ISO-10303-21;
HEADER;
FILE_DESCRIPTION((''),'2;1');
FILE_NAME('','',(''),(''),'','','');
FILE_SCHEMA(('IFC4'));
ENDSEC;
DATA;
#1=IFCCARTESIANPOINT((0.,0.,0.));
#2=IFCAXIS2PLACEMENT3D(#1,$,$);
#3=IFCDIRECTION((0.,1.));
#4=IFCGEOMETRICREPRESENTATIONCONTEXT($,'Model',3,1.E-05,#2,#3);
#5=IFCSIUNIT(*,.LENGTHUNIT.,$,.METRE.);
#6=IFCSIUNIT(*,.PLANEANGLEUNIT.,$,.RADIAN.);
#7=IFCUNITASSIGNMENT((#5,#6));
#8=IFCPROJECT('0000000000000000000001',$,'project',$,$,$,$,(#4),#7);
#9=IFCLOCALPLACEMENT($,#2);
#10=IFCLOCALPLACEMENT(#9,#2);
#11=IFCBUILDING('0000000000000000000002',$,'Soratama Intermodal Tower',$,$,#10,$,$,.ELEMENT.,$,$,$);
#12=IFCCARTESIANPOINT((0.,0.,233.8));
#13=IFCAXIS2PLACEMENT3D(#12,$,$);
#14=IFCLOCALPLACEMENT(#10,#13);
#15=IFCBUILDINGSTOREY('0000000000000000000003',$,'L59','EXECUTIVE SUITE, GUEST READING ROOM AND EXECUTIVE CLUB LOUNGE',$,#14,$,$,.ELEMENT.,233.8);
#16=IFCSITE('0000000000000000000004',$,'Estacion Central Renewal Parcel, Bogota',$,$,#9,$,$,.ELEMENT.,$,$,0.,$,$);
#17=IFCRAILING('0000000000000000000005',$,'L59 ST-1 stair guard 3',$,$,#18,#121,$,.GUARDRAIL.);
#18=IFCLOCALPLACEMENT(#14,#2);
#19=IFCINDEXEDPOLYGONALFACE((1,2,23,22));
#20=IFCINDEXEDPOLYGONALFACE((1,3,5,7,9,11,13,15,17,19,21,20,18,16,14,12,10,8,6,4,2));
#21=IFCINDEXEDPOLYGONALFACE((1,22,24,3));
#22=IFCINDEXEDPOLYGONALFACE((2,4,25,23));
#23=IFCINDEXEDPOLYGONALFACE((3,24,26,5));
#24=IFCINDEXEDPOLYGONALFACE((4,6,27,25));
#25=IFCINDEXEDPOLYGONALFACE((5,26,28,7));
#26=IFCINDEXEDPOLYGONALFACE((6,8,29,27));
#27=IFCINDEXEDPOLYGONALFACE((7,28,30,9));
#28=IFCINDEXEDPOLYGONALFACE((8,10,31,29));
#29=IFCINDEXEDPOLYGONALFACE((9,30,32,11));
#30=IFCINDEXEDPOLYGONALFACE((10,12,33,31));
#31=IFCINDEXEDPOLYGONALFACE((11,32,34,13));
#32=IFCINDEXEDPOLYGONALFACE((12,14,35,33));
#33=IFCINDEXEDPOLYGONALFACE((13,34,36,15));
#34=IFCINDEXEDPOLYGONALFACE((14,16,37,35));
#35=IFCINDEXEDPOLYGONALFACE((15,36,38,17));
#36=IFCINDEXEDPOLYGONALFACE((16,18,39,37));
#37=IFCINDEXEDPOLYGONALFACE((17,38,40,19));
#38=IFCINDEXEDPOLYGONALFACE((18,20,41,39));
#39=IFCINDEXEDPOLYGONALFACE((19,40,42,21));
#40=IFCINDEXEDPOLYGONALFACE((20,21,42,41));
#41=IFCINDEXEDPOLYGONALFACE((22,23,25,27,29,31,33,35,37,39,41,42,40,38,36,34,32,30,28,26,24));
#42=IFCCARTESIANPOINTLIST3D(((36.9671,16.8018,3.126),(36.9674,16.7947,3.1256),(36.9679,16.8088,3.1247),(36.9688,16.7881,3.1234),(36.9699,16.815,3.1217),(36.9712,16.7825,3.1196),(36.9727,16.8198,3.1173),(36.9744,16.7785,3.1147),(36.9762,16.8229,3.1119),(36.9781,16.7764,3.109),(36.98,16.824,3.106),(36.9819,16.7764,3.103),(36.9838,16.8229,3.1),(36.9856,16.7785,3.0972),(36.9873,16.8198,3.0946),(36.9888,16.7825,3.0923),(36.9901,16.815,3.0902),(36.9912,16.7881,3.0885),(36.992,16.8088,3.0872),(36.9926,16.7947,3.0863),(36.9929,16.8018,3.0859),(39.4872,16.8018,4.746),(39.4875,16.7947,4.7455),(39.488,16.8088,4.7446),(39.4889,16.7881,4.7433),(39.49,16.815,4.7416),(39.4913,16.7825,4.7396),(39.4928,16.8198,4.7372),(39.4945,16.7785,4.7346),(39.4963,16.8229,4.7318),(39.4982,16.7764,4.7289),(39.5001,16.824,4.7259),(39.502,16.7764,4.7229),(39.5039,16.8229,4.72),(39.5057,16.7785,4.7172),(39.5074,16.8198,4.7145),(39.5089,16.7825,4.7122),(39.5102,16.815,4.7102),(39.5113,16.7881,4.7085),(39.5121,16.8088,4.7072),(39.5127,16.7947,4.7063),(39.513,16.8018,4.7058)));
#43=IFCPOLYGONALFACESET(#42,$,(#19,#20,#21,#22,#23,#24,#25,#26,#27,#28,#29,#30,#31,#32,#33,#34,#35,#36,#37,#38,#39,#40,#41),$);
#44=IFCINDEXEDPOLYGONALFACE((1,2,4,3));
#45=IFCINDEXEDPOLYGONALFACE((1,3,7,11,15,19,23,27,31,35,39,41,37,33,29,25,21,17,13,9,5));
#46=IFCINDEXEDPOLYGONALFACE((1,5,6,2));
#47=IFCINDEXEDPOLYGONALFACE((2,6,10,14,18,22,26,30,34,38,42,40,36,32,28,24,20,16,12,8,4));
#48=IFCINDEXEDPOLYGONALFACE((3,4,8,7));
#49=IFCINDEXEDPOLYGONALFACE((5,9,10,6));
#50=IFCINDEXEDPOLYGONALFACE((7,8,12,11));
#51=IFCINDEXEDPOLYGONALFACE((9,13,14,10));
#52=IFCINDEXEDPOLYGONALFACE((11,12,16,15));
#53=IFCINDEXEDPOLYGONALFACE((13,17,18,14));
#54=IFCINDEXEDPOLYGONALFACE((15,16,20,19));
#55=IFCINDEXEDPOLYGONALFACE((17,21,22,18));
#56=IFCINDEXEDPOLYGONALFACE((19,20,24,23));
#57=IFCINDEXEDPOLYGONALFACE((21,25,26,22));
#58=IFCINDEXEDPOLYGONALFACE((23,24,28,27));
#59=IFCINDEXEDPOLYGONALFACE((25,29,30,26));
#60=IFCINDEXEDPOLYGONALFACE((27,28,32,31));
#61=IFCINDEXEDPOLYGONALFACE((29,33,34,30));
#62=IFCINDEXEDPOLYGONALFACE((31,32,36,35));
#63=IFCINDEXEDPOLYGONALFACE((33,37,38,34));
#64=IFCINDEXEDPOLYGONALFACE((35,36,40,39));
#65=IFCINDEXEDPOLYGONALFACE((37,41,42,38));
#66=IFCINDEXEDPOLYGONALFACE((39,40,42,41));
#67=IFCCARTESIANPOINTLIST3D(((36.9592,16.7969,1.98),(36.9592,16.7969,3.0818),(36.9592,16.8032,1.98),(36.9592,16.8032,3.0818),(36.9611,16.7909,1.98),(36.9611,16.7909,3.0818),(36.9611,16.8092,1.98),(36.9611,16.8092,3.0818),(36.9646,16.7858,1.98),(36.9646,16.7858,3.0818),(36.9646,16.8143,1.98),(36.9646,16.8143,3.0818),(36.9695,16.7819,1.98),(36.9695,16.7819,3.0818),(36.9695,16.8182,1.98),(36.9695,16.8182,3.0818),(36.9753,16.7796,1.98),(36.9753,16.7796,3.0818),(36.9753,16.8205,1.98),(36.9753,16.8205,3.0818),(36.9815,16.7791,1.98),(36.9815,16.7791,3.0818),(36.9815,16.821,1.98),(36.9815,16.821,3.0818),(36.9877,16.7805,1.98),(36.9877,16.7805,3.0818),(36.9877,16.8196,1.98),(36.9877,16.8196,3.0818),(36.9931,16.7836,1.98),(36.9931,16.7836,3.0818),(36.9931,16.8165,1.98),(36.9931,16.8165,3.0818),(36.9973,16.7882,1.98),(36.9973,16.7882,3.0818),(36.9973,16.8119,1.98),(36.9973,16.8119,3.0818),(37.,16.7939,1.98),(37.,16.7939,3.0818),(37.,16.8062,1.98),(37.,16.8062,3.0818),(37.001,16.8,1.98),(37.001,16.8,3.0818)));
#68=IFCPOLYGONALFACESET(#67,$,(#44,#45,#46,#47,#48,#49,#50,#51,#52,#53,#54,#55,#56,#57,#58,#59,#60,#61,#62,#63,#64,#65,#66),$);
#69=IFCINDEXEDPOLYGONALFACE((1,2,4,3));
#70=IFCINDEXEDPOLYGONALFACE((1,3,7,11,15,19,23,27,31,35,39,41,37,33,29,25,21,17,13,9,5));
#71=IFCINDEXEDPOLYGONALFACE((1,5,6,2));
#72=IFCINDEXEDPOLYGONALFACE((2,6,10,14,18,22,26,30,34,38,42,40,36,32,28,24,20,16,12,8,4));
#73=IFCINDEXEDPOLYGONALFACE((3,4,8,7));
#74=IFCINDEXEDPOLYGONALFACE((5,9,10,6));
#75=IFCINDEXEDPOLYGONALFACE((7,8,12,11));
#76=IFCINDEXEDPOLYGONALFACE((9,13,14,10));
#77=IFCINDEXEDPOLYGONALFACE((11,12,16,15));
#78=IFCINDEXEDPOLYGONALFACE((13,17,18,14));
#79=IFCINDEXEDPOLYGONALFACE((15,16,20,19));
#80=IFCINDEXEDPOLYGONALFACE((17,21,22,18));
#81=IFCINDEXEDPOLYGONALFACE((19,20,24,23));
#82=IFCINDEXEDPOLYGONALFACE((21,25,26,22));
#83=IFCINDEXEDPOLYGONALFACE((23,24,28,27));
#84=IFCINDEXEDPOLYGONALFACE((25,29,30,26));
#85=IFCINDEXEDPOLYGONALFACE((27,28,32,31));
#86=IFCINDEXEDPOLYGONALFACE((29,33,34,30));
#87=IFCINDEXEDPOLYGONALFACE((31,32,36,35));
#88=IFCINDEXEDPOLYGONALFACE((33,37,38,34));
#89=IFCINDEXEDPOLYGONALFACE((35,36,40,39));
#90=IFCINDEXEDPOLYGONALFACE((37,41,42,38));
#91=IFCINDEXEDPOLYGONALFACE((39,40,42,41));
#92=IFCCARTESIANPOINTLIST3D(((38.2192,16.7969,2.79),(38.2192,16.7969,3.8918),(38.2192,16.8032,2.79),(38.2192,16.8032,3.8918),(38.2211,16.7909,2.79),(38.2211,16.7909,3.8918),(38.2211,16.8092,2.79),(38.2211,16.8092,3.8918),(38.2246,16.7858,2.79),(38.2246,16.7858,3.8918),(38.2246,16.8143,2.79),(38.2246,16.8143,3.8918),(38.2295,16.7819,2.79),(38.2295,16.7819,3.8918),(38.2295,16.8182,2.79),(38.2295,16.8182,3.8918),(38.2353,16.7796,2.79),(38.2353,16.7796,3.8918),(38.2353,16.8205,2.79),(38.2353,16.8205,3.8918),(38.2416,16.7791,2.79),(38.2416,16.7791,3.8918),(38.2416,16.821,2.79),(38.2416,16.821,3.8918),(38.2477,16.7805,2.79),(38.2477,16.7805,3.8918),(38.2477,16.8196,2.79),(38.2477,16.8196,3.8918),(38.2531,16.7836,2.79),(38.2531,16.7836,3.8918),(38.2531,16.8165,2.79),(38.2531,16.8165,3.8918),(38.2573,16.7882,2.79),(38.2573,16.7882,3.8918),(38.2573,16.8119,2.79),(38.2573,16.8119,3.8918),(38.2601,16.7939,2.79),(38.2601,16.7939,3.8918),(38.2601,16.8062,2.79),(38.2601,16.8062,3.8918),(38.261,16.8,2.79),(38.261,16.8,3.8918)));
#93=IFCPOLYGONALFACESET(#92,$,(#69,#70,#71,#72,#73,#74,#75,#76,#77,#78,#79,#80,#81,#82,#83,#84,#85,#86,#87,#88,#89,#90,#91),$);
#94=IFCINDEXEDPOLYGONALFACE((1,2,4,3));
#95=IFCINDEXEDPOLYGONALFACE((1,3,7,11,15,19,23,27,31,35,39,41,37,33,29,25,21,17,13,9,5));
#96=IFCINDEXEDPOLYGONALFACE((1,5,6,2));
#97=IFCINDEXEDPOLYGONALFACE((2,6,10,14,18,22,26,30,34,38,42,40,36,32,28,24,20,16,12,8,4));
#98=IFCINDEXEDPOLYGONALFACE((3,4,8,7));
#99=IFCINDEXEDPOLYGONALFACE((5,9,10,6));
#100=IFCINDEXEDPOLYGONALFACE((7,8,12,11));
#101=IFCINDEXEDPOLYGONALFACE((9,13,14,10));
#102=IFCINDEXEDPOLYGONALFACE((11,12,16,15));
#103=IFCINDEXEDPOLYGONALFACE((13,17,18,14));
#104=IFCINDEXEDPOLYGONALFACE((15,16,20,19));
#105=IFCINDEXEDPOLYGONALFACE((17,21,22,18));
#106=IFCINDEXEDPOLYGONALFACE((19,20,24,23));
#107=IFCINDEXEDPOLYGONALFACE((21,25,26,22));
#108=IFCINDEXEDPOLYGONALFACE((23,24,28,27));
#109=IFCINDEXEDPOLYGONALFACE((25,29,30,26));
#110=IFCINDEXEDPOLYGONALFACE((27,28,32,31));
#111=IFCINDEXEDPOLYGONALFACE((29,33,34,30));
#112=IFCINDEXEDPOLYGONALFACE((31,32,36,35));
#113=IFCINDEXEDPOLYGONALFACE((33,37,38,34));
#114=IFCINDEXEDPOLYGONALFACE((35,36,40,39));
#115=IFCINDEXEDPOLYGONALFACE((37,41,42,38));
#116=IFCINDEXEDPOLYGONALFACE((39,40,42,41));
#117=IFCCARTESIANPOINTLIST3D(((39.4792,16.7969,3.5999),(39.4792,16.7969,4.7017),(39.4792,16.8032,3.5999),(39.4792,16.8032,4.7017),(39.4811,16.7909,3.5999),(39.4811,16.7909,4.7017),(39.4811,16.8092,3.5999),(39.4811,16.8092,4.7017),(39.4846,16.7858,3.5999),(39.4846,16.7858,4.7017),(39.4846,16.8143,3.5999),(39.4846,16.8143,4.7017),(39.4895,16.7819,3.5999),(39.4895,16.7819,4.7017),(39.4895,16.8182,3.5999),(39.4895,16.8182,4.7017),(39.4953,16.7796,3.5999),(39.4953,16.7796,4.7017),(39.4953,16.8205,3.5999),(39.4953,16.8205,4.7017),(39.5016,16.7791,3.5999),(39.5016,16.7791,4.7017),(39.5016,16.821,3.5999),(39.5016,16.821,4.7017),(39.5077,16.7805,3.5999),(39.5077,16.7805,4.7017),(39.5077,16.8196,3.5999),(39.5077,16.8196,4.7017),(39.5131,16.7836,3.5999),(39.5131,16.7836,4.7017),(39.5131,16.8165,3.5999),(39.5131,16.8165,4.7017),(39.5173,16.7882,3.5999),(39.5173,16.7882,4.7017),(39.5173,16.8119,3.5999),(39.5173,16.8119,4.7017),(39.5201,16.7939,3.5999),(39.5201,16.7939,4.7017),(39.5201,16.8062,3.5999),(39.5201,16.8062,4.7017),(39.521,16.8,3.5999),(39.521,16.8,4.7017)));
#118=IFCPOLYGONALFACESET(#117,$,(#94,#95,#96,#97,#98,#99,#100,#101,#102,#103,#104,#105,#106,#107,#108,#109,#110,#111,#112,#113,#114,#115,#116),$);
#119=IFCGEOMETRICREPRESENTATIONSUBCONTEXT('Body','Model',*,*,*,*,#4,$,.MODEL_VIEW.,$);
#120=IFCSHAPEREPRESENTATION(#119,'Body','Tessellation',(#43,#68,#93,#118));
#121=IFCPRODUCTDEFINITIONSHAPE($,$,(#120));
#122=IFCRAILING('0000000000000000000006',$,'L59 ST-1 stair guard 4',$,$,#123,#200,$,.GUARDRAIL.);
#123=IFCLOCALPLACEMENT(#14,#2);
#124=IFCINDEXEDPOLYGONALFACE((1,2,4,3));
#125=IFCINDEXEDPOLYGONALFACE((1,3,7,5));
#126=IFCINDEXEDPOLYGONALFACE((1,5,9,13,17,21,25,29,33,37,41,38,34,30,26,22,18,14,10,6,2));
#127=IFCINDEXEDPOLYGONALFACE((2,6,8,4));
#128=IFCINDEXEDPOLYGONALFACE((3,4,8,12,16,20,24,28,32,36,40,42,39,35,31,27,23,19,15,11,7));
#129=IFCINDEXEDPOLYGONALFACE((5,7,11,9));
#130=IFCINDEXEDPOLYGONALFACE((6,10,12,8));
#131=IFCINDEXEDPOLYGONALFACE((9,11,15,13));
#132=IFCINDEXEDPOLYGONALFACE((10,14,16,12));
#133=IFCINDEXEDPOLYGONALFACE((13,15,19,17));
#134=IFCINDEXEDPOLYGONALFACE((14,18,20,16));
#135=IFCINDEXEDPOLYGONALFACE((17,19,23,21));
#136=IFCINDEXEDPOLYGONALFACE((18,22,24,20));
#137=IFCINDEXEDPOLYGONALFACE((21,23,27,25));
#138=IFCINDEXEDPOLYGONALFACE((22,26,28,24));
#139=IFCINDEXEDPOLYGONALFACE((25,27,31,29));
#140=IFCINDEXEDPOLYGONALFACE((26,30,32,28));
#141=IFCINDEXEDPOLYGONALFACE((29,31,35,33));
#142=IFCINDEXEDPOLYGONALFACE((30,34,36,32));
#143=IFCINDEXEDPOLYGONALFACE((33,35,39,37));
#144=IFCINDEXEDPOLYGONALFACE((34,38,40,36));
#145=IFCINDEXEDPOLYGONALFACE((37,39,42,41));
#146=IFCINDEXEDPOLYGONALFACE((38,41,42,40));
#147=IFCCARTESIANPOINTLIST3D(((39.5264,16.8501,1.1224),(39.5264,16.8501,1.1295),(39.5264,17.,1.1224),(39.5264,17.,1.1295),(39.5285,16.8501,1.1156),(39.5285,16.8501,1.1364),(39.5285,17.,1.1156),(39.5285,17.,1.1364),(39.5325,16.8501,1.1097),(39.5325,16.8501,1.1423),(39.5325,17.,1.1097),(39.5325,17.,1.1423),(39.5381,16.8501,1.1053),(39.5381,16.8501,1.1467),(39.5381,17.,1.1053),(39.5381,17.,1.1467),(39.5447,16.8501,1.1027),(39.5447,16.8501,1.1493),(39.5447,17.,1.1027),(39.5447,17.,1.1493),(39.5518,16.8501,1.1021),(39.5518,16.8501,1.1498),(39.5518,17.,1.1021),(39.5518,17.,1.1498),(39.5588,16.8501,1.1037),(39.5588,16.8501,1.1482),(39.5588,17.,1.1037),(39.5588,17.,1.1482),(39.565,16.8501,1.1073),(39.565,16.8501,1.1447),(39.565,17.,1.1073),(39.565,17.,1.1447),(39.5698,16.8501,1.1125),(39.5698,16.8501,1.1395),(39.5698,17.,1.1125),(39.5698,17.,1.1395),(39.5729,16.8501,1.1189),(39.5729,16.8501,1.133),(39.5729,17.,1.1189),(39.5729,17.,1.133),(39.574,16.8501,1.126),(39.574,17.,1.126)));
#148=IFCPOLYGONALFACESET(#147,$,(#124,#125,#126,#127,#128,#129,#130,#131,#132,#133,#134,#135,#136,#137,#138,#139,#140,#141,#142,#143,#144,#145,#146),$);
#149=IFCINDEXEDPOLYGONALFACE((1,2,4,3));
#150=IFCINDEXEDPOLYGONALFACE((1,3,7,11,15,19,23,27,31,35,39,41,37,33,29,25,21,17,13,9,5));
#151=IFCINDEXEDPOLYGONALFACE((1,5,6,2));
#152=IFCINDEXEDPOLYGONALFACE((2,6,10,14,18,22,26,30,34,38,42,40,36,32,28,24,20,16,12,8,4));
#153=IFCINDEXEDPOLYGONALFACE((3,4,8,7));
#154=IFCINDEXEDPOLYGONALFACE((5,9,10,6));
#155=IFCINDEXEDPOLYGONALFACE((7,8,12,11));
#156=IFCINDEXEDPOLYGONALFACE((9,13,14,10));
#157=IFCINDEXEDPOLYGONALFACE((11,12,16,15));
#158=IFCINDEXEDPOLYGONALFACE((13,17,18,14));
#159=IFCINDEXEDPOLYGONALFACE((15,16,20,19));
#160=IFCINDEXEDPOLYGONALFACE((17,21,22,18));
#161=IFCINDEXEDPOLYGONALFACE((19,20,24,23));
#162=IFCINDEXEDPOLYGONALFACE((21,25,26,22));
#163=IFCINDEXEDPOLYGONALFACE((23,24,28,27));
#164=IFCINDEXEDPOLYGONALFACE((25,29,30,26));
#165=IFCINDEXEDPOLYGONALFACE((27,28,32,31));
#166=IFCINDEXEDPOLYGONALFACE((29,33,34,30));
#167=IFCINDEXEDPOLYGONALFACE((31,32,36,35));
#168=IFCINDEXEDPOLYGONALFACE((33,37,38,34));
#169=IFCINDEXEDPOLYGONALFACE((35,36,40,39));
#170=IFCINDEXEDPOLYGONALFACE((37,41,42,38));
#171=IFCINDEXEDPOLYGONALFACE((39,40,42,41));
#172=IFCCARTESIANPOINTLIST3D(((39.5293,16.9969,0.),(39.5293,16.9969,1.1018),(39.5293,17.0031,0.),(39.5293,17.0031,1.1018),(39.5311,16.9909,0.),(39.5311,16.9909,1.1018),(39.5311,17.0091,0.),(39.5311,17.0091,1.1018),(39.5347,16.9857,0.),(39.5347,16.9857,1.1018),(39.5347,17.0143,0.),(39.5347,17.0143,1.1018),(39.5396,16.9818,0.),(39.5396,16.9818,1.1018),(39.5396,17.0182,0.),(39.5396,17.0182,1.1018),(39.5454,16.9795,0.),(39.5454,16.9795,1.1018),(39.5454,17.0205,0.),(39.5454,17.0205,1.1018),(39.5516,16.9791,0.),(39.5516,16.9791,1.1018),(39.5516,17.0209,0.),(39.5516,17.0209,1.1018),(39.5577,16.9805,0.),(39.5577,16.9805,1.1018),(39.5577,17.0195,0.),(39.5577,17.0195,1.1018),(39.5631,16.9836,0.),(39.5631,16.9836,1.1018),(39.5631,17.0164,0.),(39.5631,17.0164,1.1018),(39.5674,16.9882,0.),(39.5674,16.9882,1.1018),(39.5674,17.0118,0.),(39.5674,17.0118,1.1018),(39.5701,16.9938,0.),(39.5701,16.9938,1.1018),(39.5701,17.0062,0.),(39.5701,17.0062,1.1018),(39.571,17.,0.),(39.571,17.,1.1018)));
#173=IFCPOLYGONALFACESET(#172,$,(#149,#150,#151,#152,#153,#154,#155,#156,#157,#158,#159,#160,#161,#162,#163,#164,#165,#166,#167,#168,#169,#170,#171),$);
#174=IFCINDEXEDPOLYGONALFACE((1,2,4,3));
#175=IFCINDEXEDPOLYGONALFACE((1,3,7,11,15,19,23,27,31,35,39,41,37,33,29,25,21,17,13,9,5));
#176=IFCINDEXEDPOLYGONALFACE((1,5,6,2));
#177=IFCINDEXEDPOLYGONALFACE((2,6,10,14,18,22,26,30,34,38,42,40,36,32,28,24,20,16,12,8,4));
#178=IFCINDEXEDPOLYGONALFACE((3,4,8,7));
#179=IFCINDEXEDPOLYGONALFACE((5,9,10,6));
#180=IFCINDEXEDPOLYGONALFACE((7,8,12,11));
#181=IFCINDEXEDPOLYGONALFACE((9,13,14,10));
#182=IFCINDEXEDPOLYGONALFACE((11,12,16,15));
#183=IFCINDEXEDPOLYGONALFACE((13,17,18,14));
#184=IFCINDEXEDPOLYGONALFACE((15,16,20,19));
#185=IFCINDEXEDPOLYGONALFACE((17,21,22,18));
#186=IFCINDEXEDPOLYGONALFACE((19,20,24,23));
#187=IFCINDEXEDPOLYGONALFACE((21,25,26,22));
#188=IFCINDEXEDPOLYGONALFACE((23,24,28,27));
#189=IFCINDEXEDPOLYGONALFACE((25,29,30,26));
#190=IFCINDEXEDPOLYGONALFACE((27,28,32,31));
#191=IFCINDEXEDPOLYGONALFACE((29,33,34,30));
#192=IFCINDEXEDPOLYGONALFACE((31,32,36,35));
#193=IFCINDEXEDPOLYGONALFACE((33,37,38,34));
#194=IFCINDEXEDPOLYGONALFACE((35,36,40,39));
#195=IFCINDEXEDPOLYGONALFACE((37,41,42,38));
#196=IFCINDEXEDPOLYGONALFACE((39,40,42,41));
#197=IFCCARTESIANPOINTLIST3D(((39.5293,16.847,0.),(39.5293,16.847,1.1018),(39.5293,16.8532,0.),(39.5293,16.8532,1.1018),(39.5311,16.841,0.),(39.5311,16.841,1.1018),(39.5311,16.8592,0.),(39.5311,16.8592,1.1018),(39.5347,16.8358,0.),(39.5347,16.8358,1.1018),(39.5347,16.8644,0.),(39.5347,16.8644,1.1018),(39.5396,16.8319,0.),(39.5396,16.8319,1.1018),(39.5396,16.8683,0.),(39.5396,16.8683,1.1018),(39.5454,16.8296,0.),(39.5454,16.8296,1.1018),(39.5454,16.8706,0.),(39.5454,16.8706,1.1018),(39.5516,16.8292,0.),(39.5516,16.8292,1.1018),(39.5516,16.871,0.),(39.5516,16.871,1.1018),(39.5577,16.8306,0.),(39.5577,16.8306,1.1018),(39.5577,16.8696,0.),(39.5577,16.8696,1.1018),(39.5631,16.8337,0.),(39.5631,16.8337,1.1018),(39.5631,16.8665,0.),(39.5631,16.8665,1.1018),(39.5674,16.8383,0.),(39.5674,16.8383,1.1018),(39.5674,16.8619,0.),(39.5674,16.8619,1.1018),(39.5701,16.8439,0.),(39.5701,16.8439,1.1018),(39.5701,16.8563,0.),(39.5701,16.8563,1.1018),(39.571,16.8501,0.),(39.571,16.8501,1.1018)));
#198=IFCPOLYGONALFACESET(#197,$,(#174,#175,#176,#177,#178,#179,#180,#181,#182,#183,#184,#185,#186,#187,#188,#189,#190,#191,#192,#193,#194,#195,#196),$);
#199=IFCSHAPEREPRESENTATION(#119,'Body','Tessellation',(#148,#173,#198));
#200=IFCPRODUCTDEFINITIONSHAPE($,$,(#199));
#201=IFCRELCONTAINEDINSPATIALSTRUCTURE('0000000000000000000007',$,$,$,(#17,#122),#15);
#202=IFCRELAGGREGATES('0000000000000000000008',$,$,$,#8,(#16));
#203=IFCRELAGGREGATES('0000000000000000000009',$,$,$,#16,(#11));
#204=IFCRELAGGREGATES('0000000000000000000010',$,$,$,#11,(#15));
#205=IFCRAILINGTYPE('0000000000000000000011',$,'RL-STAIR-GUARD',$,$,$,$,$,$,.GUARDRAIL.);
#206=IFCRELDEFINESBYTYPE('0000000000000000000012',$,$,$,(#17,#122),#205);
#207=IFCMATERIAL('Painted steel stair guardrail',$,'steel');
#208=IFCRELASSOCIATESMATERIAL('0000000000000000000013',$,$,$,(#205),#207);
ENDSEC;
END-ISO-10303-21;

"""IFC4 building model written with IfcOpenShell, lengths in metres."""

from ifc_helpers import new_model, si_unit, direction, frame, origin, origin_2d, place, context, subcontext, project, spatial, circle, extrude, material, type_object, element, save


model = new_model("IFC4")

# Units and contexts
model_context = context("Model", 3, precision=1e-05, world=origin(), true_north=direction((0.0, 1.0)))
body_context = subcontext(model_context, "Body", "Model", "MODEL_VIEW")
ifc_project = project(units=[si_unit("LENGTHUNIT", "METRE"), si_unit("PLANEANGLEUNIT", "RADIAN")], contexts=[model_context])

# Site, building, storey
site_placement = place(None, origin())
site = spatial("IfcSite", under=ifc_project, at=site_placement, Name="Estacion Central Renewal Parcel, Bogota", CompositionType="ELEMENT", RefElevation=0.0)
building_placement = place(site_placement, origin())
building = spatial("IfcBuilding", under=site, at=building_placement, Name="Soratama Intermodal Tower", CompositionType="ELEMENT")
storey_placement = place(building_placement, frame((0.0, 0.0, 233.8)))
storey = spatial("IfcBuildingStorey", under=building, at=storey_placement, Name="L59", Description="EXECUTIVE SUITE, GUEST READING ROOM AND EXECUTIVE CLUB LOUNGE", CompositionType="ELEMENT", Elevation=233.8)

# Railings
ifc_material_1 = material(Name="Painted steel stair guardrail", Category="steel")
railing_type_1 = type_object("IfcRailingType", Name="RL-STAIR-GUARD", PredefinedType="GUARDRAIL", material=ifc_material_1)
railing_1_placement = place(storey_placement, frame((36.98, 16.8, 1.98)))
element("IfcRailing", 1, at=railing_1_placement, inside=storey, type_object=railing_type_1, Name="L59 ST-1 stair guard 3", PredefinedType="GUARDRAIL", context=body_context, shape_type="SweptSolid", body=[
    extrude(circle(Radius=0.0239, at=origin_2d()), frame((0.0, 0.0, 1.126), z_axis=(0.8412, 0.0, 0.540725), x_axis=(0.0, 1.0, 0.0)), (0.0, 0.0, 1.0), 2.9958),
    extrude(circle(Radius=0.021, at=origin_2d()), origin(), (0.0, 0.0, 1.0), 1.1018),
    extrude(circle(Radius=0.021, at=origin_2d()), frame((1.26, 0.0, 0.8101)), (0.0, 0.0, 1.0), 1.1018),
    extrude(circle(Radius=0.021, at=origin_2d()), frame((2.52, 0.0, 1.6199)), (0.0, 0.0, 1.0), 1.1018),
])
railing_2_placement = place(storey_placement, frame((39.55, 17.0, 0.0)))
element("IfcRailing", 2, at=railing_2_placement, inside=storey, type_object=railing_type_1, Name="L59 ST-1 stair guard 4", PredefinedType="GUARDRAIL", context=body_context, shape_type="SweptSolid", body=[
    extrude(circle(Radius=0.0239, at=origin_2d()), frame((0.0, 0.0, 1.126), z_axis=(0.0, -1.0, 0.0), x_axis=(1.0, 0.0, 0.0)), (0.0, 0.0, 1.0), 0.1499),
    extrude(circle(Radius=0.021, at=origin_2d()), origin(), (0.0, 0.0, 1.0), 1.1018),
    extrude(circle(Radius=0.021, at=origin_2d()), frame((0.0, -0.1499, 0.0)), (0.0, 0.0, 1.0), 1.1018),
])

save(model, "model.ifc")
